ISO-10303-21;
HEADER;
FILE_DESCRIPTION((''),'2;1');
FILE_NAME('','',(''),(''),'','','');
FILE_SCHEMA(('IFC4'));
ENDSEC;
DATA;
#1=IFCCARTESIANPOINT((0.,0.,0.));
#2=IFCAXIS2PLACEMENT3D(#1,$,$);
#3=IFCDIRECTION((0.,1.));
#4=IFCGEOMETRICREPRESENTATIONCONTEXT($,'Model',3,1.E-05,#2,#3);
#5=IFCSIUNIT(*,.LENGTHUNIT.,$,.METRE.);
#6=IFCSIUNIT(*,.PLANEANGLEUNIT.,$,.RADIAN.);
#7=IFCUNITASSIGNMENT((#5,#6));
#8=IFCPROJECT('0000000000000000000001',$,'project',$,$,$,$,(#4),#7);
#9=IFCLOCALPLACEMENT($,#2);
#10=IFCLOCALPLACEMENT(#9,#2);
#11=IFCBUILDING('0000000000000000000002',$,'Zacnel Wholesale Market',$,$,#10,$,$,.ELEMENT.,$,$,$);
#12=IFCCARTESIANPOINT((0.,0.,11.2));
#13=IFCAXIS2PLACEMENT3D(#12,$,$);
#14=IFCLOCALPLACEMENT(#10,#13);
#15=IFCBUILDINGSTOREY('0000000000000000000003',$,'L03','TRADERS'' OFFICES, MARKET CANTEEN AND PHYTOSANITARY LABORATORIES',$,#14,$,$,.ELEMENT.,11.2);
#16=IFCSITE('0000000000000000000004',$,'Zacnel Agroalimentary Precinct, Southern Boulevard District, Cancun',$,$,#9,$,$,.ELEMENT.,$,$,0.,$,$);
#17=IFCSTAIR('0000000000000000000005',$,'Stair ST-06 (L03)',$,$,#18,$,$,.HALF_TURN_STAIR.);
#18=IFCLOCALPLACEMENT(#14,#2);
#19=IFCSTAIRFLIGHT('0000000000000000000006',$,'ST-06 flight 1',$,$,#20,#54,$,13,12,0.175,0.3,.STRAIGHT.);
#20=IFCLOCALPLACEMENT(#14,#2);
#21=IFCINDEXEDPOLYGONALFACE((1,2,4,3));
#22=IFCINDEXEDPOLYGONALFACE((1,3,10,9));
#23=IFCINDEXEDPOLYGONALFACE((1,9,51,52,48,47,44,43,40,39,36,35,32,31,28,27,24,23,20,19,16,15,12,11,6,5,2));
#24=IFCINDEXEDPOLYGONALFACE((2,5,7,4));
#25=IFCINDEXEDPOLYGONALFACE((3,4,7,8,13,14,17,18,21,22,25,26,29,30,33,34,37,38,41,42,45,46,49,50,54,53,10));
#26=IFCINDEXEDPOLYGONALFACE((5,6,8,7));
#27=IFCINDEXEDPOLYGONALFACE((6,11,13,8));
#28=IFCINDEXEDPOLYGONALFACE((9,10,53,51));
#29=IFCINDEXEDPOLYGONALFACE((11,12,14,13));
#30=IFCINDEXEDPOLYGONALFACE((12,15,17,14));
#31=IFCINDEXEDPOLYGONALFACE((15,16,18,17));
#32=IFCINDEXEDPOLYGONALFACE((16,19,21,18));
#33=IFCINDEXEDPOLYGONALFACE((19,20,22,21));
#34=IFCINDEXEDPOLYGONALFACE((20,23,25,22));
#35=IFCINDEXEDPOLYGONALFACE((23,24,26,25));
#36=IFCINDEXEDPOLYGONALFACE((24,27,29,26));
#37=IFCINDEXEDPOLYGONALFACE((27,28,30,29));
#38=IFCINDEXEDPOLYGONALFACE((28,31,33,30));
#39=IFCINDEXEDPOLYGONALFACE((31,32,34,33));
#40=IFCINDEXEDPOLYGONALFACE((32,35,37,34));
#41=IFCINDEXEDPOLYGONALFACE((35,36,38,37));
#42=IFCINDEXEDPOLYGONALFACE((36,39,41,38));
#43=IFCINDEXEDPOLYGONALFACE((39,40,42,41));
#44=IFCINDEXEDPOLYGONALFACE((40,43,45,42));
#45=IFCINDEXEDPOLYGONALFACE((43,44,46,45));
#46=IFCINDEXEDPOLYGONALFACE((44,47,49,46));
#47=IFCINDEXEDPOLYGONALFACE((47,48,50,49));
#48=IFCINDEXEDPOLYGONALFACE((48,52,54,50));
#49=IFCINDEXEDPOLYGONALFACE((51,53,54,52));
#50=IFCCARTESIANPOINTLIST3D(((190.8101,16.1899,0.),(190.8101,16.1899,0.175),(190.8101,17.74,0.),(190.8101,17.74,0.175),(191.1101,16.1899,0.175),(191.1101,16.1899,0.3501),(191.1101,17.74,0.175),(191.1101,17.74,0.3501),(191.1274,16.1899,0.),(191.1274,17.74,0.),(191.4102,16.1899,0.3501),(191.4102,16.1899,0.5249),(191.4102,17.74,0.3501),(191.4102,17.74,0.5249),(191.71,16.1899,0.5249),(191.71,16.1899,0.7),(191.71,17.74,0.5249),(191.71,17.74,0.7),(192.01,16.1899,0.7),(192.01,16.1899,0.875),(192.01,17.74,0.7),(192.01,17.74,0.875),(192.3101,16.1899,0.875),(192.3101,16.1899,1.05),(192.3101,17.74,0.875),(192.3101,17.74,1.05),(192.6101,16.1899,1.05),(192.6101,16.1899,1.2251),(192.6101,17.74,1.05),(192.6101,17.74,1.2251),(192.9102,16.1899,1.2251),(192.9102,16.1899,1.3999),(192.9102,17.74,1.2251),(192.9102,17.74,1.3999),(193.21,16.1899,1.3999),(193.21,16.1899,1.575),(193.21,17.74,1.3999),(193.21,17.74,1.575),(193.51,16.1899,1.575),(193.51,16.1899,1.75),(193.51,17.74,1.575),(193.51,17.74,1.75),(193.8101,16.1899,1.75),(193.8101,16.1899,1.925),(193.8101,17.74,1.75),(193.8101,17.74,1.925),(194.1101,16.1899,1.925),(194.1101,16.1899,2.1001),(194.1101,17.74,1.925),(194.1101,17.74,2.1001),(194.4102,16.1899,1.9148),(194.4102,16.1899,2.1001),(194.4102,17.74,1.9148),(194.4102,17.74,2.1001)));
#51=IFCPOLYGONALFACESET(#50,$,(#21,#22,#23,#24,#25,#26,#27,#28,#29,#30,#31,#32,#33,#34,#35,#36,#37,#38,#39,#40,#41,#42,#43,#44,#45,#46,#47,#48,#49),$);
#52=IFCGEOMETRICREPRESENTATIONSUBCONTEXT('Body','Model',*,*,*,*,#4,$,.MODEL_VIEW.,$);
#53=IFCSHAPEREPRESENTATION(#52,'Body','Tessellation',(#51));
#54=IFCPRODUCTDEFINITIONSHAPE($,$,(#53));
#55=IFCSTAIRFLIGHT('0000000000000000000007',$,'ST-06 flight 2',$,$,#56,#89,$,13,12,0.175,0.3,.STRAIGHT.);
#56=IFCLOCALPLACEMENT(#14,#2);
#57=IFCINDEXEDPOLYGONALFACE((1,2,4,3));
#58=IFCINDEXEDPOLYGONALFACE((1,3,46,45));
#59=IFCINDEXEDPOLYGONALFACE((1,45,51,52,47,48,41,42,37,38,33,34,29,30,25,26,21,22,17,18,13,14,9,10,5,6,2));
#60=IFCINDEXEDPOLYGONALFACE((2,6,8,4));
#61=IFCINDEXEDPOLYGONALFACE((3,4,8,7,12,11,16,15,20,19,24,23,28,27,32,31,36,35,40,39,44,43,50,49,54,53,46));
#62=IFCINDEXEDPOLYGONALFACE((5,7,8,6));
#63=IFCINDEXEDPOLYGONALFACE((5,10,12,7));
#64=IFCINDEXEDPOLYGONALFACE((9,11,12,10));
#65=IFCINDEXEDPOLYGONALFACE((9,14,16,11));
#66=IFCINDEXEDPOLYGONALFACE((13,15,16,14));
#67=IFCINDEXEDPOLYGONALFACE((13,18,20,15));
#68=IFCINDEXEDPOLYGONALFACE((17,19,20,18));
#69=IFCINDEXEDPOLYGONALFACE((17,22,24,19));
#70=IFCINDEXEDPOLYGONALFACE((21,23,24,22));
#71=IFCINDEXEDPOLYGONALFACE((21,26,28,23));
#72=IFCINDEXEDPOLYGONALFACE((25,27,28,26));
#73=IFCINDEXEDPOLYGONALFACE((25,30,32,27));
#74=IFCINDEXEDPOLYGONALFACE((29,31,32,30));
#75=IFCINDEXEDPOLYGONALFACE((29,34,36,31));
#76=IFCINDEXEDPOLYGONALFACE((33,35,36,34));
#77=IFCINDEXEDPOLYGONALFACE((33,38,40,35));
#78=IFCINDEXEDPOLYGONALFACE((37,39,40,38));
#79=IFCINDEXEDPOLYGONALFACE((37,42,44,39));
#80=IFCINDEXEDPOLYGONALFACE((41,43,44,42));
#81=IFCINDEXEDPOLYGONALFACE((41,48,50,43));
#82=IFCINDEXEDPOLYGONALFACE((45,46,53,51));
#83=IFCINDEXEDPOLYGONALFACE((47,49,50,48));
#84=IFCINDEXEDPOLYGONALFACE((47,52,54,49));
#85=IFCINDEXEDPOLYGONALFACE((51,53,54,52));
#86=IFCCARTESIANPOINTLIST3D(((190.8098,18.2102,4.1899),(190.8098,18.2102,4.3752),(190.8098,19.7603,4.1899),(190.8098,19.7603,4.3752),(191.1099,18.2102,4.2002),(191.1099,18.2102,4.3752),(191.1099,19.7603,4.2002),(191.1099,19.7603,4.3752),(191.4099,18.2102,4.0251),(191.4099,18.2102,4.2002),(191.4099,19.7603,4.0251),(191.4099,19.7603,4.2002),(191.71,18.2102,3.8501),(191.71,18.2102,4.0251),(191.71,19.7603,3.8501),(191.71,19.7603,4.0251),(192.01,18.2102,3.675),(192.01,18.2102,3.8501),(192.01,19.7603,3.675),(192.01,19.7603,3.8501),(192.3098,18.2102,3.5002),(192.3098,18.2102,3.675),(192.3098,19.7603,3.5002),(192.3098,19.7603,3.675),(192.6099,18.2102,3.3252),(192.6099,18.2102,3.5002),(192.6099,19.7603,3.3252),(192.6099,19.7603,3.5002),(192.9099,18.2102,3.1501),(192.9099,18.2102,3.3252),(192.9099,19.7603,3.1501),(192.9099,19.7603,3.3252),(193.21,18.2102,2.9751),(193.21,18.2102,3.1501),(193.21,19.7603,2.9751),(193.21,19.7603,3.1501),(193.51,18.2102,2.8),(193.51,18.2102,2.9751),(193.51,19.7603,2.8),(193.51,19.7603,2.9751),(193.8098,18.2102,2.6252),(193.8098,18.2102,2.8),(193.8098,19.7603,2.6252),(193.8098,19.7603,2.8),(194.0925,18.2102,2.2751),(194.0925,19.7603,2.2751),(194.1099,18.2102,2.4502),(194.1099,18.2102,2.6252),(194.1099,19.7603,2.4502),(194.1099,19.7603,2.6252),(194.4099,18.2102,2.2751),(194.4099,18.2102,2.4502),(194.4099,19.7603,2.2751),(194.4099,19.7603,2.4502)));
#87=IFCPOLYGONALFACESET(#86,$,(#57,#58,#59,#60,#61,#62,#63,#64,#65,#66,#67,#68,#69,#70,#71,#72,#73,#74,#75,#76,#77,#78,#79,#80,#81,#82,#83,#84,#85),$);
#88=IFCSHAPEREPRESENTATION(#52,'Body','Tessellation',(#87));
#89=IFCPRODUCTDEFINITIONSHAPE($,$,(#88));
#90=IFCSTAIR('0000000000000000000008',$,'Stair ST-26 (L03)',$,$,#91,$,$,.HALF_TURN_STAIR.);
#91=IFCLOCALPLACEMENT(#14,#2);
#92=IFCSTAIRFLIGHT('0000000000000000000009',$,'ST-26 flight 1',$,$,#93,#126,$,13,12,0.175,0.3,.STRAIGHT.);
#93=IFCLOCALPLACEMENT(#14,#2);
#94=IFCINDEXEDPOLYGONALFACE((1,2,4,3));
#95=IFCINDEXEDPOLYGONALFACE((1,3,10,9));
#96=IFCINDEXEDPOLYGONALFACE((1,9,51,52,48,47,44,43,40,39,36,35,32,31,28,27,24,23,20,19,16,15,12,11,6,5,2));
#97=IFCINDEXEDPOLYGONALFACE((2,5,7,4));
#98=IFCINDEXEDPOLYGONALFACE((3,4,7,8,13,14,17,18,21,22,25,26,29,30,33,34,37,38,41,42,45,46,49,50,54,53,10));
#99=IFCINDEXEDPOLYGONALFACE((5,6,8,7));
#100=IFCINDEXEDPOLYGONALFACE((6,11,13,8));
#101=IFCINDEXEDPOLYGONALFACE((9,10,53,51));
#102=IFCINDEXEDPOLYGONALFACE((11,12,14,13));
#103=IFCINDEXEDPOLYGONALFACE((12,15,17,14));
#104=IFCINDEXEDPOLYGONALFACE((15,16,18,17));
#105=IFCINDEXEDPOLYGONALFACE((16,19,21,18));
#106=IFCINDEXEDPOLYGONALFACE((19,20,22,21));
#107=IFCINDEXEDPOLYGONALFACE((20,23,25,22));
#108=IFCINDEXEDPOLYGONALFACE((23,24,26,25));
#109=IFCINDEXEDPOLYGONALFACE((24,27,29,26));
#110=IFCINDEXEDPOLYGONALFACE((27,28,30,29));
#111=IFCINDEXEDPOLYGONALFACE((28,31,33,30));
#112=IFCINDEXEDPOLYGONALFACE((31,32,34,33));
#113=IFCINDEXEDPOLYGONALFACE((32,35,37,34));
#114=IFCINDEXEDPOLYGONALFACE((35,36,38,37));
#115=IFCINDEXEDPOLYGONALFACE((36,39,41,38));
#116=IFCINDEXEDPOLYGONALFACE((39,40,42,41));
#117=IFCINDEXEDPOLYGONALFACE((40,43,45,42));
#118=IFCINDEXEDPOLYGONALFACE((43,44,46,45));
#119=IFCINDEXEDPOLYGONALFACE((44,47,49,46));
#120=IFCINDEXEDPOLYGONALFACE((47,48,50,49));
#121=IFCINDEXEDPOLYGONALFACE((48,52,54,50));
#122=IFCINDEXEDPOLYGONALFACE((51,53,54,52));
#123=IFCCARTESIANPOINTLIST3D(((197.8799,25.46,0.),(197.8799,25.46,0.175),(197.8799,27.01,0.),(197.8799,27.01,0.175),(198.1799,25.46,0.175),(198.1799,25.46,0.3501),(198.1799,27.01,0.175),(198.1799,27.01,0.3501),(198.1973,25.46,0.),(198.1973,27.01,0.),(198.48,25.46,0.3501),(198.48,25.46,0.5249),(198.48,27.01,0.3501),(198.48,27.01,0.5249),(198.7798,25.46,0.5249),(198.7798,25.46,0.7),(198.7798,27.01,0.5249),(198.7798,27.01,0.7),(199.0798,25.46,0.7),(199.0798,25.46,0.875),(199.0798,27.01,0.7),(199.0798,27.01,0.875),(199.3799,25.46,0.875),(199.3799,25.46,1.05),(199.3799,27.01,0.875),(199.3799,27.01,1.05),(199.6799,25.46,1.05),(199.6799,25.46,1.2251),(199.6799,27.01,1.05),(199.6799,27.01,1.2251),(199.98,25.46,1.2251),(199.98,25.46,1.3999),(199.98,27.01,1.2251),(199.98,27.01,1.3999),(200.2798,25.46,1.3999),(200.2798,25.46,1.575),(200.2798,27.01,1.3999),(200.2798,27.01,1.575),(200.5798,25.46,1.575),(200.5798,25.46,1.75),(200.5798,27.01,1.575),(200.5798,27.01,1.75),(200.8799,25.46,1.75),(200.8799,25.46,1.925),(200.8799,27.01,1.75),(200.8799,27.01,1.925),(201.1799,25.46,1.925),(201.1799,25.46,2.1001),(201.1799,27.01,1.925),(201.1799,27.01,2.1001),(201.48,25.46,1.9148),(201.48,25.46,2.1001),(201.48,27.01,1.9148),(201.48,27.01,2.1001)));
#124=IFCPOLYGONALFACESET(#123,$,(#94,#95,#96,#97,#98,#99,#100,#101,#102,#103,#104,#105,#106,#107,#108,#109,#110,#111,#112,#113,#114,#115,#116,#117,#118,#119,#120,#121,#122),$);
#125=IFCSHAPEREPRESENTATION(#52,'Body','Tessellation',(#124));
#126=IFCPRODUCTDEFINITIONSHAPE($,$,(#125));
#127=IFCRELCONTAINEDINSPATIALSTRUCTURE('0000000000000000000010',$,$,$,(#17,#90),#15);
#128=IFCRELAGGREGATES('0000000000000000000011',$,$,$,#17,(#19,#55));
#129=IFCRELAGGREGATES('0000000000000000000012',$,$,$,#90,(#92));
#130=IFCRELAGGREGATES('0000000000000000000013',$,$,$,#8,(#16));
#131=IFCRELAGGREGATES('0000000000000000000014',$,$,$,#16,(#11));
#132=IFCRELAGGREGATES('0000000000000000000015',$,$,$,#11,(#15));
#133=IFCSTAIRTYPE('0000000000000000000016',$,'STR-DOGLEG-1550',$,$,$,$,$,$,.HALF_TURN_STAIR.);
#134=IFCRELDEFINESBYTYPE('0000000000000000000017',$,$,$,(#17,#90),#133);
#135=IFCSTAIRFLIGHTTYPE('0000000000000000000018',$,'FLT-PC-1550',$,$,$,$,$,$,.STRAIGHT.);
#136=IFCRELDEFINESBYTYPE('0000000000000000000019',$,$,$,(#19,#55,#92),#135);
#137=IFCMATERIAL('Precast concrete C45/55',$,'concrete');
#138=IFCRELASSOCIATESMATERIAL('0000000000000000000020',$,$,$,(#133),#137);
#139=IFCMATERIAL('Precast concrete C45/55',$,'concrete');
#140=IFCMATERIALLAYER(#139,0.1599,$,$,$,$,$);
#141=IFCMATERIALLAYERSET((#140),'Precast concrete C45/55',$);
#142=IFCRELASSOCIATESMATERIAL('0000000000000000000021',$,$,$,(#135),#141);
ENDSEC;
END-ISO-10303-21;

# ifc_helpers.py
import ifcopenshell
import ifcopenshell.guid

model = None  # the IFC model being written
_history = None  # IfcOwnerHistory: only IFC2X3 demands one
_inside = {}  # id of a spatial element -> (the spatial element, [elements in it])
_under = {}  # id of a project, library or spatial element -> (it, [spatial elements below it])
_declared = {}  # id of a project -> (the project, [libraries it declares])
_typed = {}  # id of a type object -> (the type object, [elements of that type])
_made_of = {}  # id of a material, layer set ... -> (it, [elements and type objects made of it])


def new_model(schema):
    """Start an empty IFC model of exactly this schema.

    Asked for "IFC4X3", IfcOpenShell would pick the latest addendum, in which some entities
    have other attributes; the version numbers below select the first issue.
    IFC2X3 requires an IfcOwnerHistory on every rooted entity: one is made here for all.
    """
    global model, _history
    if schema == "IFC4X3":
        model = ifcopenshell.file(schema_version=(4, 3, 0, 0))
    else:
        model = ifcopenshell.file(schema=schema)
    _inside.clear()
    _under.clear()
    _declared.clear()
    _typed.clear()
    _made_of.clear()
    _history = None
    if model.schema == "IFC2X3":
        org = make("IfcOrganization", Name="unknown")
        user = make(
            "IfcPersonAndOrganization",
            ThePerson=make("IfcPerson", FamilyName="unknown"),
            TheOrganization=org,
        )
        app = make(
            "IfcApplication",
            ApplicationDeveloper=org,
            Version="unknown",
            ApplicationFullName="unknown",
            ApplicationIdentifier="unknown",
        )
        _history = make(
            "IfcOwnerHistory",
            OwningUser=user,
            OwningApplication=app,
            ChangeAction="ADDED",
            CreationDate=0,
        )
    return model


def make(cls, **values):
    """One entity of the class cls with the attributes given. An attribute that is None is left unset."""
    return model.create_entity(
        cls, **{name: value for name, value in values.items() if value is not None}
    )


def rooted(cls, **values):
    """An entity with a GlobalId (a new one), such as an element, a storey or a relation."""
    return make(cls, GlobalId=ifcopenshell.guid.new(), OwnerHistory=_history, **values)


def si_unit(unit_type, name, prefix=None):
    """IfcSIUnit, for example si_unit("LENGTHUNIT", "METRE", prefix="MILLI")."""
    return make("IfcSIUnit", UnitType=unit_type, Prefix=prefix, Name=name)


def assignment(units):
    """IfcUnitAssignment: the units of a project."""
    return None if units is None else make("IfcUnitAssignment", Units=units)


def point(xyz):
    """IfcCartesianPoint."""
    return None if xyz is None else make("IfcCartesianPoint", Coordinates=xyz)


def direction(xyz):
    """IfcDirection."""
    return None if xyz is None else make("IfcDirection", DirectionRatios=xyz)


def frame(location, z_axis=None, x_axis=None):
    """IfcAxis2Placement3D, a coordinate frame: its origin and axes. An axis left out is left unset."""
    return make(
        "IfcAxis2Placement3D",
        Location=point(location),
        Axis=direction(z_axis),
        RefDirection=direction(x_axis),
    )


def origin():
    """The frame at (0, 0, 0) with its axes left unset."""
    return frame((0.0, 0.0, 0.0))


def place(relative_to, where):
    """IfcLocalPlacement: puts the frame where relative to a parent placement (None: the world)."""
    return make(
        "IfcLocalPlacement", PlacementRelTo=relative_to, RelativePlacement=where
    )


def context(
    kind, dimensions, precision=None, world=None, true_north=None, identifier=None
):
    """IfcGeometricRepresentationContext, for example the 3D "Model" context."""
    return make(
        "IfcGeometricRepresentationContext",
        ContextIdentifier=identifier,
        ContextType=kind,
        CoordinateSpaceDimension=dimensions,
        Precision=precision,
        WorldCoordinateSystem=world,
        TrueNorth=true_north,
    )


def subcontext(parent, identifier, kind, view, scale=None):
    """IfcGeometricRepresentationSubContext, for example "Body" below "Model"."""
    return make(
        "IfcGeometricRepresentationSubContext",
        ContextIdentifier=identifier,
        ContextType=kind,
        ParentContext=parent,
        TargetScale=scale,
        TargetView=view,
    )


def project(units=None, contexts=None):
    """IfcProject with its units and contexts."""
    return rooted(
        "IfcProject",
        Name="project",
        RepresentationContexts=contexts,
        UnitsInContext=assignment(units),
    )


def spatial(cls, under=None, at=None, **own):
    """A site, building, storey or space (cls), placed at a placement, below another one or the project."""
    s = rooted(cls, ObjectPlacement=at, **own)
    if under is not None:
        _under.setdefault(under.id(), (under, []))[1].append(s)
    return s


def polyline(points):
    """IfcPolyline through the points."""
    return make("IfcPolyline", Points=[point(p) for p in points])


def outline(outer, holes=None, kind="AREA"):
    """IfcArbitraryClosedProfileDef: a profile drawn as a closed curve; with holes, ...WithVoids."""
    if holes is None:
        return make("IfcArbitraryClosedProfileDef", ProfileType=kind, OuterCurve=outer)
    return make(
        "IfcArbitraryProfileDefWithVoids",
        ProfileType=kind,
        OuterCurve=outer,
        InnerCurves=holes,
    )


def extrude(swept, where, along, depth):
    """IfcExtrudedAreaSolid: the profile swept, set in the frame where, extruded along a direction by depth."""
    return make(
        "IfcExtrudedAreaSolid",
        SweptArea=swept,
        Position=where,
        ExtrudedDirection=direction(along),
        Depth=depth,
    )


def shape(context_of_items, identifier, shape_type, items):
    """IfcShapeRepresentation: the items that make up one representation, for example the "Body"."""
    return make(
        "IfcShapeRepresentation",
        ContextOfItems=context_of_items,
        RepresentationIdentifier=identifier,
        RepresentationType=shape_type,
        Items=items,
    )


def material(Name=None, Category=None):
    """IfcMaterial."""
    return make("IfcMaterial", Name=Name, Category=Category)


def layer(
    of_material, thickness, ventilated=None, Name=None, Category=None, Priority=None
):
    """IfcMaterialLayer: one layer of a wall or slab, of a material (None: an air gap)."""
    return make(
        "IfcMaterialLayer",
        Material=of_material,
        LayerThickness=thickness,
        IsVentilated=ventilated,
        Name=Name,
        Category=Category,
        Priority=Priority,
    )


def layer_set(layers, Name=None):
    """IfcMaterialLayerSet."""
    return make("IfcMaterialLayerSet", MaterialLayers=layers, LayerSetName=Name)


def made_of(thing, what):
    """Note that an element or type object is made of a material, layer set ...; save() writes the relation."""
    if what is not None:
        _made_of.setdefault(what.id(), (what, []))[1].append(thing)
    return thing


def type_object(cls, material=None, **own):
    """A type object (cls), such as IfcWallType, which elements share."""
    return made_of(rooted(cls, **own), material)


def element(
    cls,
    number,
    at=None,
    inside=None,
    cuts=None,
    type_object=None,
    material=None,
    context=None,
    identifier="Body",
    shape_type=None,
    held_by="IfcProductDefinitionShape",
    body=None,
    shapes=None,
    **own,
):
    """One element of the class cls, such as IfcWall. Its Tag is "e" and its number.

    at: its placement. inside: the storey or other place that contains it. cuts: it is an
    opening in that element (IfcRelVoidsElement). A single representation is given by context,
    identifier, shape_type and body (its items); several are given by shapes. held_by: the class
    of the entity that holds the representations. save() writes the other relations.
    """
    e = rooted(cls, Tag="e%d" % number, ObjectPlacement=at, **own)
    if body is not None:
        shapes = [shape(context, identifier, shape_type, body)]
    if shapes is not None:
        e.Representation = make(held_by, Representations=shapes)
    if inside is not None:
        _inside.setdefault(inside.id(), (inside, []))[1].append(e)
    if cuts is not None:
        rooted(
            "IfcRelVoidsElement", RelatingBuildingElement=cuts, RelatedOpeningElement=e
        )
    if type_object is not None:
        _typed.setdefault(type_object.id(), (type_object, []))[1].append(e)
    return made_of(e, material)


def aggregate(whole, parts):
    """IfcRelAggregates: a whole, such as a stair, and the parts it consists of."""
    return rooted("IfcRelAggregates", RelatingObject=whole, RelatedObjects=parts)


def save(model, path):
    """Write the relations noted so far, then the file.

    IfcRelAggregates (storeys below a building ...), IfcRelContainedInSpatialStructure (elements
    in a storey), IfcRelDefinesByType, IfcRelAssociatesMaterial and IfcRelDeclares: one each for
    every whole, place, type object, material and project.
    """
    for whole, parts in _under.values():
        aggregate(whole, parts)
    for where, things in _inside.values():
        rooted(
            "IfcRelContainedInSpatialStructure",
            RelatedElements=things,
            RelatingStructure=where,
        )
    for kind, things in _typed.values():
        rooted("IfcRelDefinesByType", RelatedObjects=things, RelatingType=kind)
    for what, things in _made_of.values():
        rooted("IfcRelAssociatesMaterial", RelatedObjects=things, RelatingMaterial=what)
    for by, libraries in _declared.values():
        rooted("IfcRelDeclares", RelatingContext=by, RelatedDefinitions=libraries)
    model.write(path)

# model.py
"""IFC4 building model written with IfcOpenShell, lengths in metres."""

from ifc_helpers import new_model, si_unit, direction, frame, origin, place, context, subcontext, project, spatial, polyline, outline, extrude, material, layer, layer_set, type_object, element, aggregate, save


model = new_model("IFC4")

# Units and contexts
model_context = context("Model", 3, precision=1e-05, world=origin(), true_north=direction((0.0, 1.0)))
body_context = subcontext(model_context, "Body", "Model", "MODEL_VIEW")
ifc_project = project(units=[si_unit("LENGTHUNIT", "METRE"), si_unit("PLANEANGLEUNIT", "RADIAN")], contexts=[model_context])

# Site, building, storey
site_placement = place(None, origin())
site = spatial("IfcSite", under=ifc_project, at=site_placement, Name="Zacnel Agroalimentary Precinct, Southern Boulevard District, Cancun", CompositionType="ELEMENT", RefElevation=0.0)
building_placement = place(site_placement, origin())
building = spatial("IfcBuilding", under=site, at=building_placement, Name="Zacnel Wholesale Market", CompositionType="ELEMENT")
storey_placement = place(building_placement, frame((0.0, 0.0, 11.2)))
storey = spatial("IfcBuildingStorey", under=building, at=storey_placement, Name="L03", Description="TRADERS' OFFICES, MARKET CANTEEN AND PHYTOSANITARY LABORATORIES", CompositionType="ELEMENT", Elevation=11.2)

# Stair, stair flights
ifc_material_1 = material(Name="Precast concrete C45/55", Category="concrete")
stair_type = type_object("IfcStairType", Name="STR-DOGLEG-1550", PredefinedType="HALF_TURN_STAIR", material=ifc_material_1)
stair_1_placement = place(storey_placement, origin())
stair_1 = element("IfcStair", 1, at=stair_1_placement, inside=storey, type_object=stair_type, Name="Stair ST-06 (L03)", PredefinedType="HALF_TURN_STAIR")
ifc_material_2 = material(Name="Precast concrete C45/55", Category="concrete")
ifc_layer_1 = layer(ifc_material_2, 0.1599)
ifc_layer_set_1 = layer_set([ifc_layer_1], Name="Precast concrete C45/55")
stair_flight_type = type_object("IfcStairFlightType", Name="FLT-PC-1550", PredefinedType="STRAIGHT", material=ifc_layer_set_1)
stair_flight_1_placement = place(storey_placement, frame((190.8101, 16.9651, 0.0), z_axis=(0.0, 0.0, 1.0), x_axis=(1.0, 0.0, 0.0)))
stair_flight_1 = element("IfcStairFlight", 2, at=stair_flight_1_placement, type_object=stair_flight_type, Name="ST-06 flight 1", NumberOfRisers=13, NumberOfTreads=12, PredefinedType="STRAIGHT", RiserHeight=0.175, TreadLength=0.3, context=body_context, shape_type="SweptSolid", body=[
    extrude(outline(polyline([(0.0, 0.0), (0.0, 0.175), (0.3, 0.175), (0.3, 0.3501), (0.6001, 0.3501), (0.6001, 0.5249), (0.8999, 0.5249), (0.8999, 0.7), (1.2, 0.7), (1.2, 0.875), (1.5, 0.875), (1.5, 1.05), (1.8, 1.05), (1.8, 1.2251), (2.1001, 1.2251), (2.1001, 1.3999), (2.3999, 1.3999), (2.3999, 1.575), (2.7, 1.575), (2.7, 1.75), (3.0, 1.75), (3.0, 1.925), (3.3, 1.925), (3.3, 2.1001), (3.6001, 2.1001), (3.6001, 2.2749), (3.6001, 1.9148), (0.3174, 0.0), (0.0, 0.0)])), frame((0.0, 0.7749, 0.0), z_axis=(0.0, -1.0, 0.0), x_axis=(1.0, 0.0, 0.0)), (0.0, 0.0, 1.0), 1.55),
])
stair_flight_2_placement = place(storey_placement, frame((194.4099, 18.9851, 2.2751), z_axis=(0.0, 0.0, 1.0), x_axis=(-1.0, 0.0, 0.0)))
stair_flight_2 = element("IfcStairFlight", 3, at=stair_flight_2_placement, type_object=stair_flight_type, Name="ST-06 flight 2", NumberOfRisers=13, NumberOfTreads=12, PredefinedType="STRAIGHT", RiserHeight=0.175, TreadLength=0.3, context=body_context, shape_type="SweptSolid", body=[
    extrude(outline(polyline([(0.0, 0.0), (0.0, 0.175), (0.3, 0.175), (0.3, 0.3501), (0.6001, 0.3501), (0.6001, 0.5249), (0.8999, 0.5249), (0.8999, 0.7), (1.2, 0.7), (1.2, 0.875), (1.5, 0.875), (1.5, 1.05), (1.8, 1.05), (1.8, 1.2251), (2.1001, 1.2251), (2.1001, 1.3999), (2.3999, 1.3999), (2.3999, 1.575), (2.7, 1.575), (2.7, 1.75), (3.0, 1.75), (3.0, 1.925), (3.3, 1.925), (3.3, 2.1001), (3.6001, 2.1001), (3.6001, 2.2749), (3.6001, 1.9148), (0.3174, 0.0), (0.0, 0.0)])), frame((0.0, 0.7749, 0.0), z_axis=(0.0, -1.0, 0.0), x_axis=(1.0, 0.0, 0.0)), (0.0, 0.0, 1.0), 1.55),
])
aggregate(stair_1, [stair_flight_1, stair_flight_2])

# Stair, stair flight
stair_2_placement = place(storey_placement, origin())
stair_2 = element("IfcStair", 4, at=stair_2_placement, inside=storey, type_object=stair_type, Name="Stair ST-26 (L03)", PredefinedType="HALF_TURN_STAIR")
stair_flight_3_placement = place(storey_placement, frame((197.8799, 26.2351, 0.0), z_axis=(0.0, 0.0, 1.0), x_axis=(1.0, 0.0, 0.0)))
stair_flight_3 = element("IfcStairFlight", 5, at=stair_flight_3_placement, type_object=stair_flight_type, Name="ST-26 flight 1", NumberOfRisers=13, NumberOfTreads=12, PredefinedType="STRAIGHT", RiserHeight=0.175, TreadLength=0.3, context=body_context, shape_type="SweptSolid", body=[
    extrude(outline(polyline([(0.0, 0.0), (0.0, 0.175), (0.3, 0.175), (0.3, 0.3501), (0.6001, 0.3501), (0.6001, 0.5249), (0.8999, 0.5249), (0.8999, 0.7), (1.2, 0.7), (1.2, 0.875), (1.5, 0.875), (1.5, 1.05), (1.8, 1.05), (1.8, 1.2251), (2.1001, 1.2251), (2.1001, 1.3999), (2.3999, 1.3999), (2.3999, 1.575), (2.7, 1.575), (2.7, 1.75), (3.0, 1.75), (3.0, 1.925), (3.3, 1.925), (3.3, 2.1001), (3.6001, 2.1001), (3.6001, 2.2749), (3.6001, 1.9148), (0.3174, 0.0), (0.0, 0.0)])), frame((0.0, 0.7749, 0.0), z_axis=(0.0, -1.0, 0.0), x_axis=(1.0, 0.0, 0.0)), (0.0, 0.0, 1.0), 1.55),
])
aggregate(stair_2, [stair_flight_3])

save(model, "model.ifc")
